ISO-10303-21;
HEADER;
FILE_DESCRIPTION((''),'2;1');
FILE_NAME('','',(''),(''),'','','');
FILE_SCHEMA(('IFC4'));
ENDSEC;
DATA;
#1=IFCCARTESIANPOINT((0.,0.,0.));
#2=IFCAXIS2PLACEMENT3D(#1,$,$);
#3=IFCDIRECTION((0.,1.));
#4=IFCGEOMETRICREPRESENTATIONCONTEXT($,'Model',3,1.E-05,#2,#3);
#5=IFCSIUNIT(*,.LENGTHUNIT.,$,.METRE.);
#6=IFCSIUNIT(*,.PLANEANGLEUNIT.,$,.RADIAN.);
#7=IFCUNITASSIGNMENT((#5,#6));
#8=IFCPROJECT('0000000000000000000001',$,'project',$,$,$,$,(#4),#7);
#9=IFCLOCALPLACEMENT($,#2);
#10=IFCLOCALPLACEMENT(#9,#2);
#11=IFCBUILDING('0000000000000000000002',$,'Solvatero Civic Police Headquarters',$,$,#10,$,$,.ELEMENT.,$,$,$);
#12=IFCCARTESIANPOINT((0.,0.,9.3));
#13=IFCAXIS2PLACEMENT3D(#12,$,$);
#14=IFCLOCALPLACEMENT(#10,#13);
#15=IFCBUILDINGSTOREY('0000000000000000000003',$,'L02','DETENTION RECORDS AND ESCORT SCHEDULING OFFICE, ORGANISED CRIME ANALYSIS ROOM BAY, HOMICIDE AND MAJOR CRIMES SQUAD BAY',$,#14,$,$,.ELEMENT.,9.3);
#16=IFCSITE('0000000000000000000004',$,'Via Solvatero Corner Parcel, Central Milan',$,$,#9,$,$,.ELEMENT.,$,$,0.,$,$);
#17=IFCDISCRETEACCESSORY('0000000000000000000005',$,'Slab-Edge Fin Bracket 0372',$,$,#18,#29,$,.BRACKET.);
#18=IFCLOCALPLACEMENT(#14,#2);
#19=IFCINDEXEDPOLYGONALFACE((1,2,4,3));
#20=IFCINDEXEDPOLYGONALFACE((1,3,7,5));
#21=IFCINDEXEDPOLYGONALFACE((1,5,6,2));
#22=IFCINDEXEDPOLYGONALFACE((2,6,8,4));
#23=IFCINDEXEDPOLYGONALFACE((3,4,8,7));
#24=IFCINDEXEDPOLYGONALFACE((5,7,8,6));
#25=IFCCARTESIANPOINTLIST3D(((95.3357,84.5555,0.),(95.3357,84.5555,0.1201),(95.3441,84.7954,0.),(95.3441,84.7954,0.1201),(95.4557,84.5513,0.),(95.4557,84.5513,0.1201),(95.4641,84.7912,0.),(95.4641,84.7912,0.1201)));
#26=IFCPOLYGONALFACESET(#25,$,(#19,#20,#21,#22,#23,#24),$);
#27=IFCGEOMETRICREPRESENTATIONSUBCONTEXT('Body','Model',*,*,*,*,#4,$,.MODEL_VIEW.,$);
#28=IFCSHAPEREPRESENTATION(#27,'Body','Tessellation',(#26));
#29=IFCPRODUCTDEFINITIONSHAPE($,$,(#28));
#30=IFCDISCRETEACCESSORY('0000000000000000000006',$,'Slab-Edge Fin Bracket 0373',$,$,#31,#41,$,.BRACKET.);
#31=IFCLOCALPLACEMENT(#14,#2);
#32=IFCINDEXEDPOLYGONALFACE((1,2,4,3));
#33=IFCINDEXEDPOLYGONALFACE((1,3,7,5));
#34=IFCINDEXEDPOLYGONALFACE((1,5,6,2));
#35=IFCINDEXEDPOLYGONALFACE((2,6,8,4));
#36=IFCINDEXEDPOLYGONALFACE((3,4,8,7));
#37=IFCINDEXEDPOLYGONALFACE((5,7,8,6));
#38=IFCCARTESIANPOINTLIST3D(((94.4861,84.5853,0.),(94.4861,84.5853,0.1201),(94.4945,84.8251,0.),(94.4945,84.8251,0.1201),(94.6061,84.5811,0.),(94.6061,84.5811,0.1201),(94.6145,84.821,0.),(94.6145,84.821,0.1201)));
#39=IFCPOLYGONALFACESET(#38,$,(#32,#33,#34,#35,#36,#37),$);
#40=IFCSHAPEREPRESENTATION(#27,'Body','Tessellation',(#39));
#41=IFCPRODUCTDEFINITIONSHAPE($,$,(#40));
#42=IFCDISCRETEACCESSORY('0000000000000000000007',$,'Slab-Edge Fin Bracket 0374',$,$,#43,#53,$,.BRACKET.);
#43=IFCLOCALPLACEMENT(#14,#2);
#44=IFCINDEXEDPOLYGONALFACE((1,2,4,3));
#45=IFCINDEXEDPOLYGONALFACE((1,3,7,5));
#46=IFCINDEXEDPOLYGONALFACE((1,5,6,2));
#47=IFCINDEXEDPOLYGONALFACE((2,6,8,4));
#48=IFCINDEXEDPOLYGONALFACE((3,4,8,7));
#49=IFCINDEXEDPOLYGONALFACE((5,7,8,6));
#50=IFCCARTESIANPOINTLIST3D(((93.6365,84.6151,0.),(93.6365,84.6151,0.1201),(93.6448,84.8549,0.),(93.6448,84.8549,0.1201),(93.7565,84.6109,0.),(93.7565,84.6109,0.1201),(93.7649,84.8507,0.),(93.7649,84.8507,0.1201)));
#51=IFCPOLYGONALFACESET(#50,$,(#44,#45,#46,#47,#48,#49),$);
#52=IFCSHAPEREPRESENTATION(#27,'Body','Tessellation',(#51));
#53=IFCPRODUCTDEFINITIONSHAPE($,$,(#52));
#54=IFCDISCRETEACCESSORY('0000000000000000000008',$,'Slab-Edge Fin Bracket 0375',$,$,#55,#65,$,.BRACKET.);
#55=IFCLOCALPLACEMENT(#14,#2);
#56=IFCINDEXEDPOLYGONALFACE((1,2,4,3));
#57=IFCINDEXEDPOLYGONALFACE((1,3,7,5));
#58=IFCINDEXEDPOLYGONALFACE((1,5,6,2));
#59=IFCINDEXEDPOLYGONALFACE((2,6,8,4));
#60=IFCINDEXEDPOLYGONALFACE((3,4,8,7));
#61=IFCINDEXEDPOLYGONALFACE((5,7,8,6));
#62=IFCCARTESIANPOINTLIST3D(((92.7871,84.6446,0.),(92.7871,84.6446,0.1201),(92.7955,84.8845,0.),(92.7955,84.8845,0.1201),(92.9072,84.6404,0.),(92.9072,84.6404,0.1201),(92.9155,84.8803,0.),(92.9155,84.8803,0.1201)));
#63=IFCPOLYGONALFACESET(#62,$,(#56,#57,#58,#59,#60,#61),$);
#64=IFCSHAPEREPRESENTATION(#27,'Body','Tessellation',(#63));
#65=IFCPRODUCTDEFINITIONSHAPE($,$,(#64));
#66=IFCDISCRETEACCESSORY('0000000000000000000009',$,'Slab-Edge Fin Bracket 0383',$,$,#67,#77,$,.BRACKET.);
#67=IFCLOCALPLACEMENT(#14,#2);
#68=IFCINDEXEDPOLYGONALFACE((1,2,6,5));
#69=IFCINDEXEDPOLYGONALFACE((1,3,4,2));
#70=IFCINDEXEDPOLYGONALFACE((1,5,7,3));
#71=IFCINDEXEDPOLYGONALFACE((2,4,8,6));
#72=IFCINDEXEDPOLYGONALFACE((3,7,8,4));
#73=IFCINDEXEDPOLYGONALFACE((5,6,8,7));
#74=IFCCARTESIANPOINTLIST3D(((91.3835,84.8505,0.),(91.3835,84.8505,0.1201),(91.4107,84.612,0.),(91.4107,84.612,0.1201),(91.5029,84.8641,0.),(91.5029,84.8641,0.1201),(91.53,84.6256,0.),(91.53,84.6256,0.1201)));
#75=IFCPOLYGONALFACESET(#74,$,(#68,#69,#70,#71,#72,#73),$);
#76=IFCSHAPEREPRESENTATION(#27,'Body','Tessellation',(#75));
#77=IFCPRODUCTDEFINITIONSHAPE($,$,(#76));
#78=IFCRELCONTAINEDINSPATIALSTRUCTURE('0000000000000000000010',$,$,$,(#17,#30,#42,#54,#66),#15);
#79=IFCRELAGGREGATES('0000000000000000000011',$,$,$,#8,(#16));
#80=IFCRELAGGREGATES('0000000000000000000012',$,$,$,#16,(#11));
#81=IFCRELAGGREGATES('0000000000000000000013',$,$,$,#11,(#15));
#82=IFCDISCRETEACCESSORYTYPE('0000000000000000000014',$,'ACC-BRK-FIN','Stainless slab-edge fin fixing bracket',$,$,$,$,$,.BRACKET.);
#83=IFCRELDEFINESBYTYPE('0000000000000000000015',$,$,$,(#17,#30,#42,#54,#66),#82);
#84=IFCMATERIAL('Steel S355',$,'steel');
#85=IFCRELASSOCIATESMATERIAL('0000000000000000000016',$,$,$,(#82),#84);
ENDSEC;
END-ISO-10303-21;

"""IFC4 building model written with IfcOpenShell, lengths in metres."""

from ifc_helpers import new_model, si_unit, direction, frame, origin, origin_2d, place, context, subcontext, project, spatial, rectangle, extrude, material, type_object, element, save


model = new_model("IFC4")

# Units and contexts
model_context = context("Model", 3, precision=1e-05, world=origin(), true_north=direction((0.0, 1.0)))
body_context = subcontext(model_context, "Body", "Model", "MODEL_VIEW")
ifc_project = project(units=[si_unit("LENGTHUNIT", "METRE"), si_unit("PLANEANGLEUNIT", "RADIAN")], contexts=[model_context])

# Site, building, storey
site_placement = place(None, origin())
site = spatial("IfcSite", under=ifc_project, at=site_placement, Name="Via Solvatero Corner Parcel, Central Milan", CompositionType="ELEMENT", RefElevation=0.0)
building_placement = place(site_placement, origin())
building = spatial("IfcBuilding", under=site, at=building_placement, Name="Solvatero Civic Police Headquarters", CompositionType="ELEMENT")
storey_placement = place(building_placement, frame((0.0, 0.0, 9.3)))
storey = spatial("IfcBuildingStorey", under=building, at=storey_placement, Name="L02", Description="DETENTION RECORDS AND ESCORT SCHEDULING OFFICE, ORGANISED CRIME ANALYSIS ROOM BAY, HOMICIDE AND MAJOR CRIMES SQUAD BAY", CompositionType="ELEMENT", Elevation=9.3)

# Shared definitions
ifc_material_1 = material(Name="Steel S355", Category="steel")

# Discrete accessories
discrete_accessory_type = type_object("IfcDiscreteAccessoryType", Name="ACC-BRK-FIN", Description="Stainless slab-edge fin fixing bracket", PredefinedType="BRACKET", material=ifc_material_1)
for number, where, z_axis, x_axis, name in (
    (1, (95.3999, 84.6733, 0.0), (0.0, 0.0, 1.0), (-0.999391, 0.034899, 0.0), "Slab-Edge Fin Bracket 0372"),
    (2, (94.5503, 84.7031, 0.0), (0.0, 0.0, 1.0), (-0.999391, 0.034899, 0.0), "Slab-Edge Fin Bracket 0373"),
    (3, (93.7007, 84.7329, 0.0), (0.0, 0.0, 1.0), (-0.999391, 0.034899, 0.0), "Slab-Edge Fin Bracket 0374"),
    (4, (92.8513, 84.7625, 0.0), (0.0, 0.0, 1.0), (-0.999391, 0.034899, 0.0), "Slab-Edge Fin Bracket 0375"),
    (5, (91.4568, 84.738, 0.0), (0.0, 0.0, 1.0), (-0.993566, -0.113255, 0.0), "Slab-Edge Fin Bracket 0383"),
):
    element("IfcDiscreteAccessory", number, at=place(storey_placement, frame(where, z_axis=z_axis, x_axis=x_axis)), inside=storey, type_object=discrete_accessory_type, Name=name, PredefinedType="BRACKET", context=body_context, shape_type="SweptSolid", body=[
        extrude(rectangle(XDim=0.1201, YDim=0.24, at=origin_2d()), origin(), (0.0, 0.0, 1.0), 0.1201),
    ])

save(model, "model.ifc")
